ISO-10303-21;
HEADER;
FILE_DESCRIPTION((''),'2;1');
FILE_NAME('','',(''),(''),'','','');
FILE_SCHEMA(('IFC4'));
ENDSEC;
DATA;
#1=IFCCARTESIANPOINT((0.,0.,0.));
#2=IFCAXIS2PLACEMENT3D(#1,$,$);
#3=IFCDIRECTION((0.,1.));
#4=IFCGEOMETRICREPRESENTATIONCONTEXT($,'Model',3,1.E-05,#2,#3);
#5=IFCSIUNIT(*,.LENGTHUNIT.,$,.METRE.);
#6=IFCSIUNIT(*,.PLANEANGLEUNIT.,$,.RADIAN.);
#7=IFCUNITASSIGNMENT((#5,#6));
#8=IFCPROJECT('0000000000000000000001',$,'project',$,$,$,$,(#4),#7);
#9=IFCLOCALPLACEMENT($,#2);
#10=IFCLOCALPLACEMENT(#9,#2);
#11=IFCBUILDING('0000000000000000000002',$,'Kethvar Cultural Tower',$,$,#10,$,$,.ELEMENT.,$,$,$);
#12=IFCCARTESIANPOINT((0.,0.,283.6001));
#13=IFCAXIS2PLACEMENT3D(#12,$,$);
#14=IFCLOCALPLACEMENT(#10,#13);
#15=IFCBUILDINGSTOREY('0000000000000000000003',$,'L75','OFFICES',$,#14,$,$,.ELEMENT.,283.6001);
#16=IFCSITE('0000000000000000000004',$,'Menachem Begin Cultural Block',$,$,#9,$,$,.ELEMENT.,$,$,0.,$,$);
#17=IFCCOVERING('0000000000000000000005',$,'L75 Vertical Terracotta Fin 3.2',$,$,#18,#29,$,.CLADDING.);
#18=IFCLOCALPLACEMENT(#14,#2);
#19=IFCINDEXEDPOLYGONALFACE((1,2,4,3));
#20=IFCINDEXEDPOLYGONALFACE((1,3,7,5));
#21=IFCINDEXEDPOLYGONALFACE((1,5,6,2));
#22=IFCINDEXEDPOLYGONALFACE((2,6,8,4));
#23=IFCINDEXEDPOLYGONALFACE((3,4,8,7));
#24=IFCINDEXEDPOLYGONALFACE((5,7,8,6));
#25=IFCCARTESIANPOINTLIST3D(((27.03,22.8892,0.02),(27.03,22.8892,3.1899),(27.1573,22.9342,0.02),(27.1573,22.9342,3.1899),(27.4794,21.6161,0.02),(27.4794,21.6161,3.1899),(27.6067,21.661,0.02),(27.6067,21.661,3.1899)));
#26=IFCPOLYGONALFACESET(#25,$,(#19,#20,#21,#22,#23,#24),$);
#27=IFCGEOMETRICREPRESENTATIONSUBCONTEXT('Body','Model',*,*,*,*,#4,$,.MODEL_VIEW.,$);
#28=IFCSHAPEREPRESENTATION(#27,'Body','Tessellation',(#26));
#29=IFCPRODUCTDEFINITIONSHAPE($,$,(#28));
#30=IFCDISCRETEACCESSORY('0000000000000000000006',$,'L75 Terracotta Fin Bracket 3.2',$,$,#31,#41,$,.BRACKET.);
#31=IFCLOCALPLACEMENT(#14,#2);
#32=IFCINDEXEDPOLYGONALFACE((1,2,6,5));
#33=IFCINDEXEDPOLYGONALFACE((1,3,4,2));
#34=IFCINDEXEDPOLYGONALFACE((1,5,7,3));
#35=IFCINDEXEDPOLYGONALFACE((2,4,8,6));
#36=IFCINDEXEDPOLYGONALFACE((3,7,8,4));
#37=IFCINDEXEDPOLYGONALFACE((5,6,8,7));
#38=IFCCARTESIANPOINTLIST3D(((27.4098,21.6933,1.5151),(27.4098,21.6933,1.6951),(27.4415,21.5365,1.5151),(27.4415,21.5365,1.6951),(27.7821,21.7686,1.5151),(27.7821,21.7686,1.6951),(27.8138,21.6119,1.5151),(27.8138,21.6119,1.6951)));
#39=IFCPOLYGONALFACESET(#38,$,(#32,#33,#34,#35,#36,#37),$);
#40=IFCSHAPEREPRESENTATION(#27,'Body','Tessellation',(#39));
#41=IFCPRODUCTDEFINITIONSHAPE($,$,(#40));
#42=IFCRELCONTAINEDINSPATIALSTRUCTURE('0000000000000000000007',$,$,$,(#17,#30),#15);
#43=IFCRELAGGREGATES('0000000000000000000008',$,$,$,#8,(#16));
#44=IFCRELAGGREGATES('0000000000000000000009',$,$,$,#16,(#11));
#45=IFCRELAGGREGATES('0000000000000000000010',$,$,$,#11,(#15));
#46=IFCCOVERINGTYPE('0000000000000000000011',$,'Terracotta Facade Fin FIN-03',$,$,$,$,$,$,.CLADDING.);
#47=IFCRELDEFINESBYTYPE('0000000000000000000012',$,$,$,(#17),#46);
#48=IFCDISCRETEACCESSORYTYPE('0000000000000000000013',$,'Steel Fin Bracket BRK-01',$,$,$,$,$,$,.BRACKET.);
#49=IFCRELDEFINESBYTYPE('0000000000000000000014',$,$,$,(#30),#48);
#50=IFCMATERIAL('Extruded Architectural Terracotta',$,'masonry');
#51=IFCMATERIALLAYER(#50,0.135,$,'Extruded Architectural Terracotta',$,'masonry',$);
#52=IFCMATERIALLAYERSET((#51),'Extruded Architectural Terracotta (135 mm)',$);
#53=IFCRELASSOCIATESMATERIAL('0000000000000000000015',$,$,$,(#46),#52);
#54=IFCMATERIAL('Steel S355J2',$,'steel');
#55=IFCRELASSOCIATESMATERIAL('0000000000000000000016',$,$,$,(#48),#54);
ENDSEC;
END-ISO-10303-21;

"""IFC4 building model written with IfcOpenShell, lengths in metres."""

from ifc_helpers import new_model, si_unit, direction, frame, origin, origin_2d, place, context, subcontext, project, spatial, rectangle, extrude, source, transform, mapped, material, layer, layer_set, type_object, element, save


model = new_model("IFC4")

# Units and contexts
model_context = context("Model", 3, precision=1e-05, world=origin(), true_north=direction((0.0, 1.0)))
body_context = subcontext(model_context, "Body", "Model", "MODEL_VIEW")
ifc_project = project(units=[si_unit("LENGTHUNIT", "METRE"), si_unit("PLANEANGLEUNIT", "RADIAN")], contexts=[model_context])

# Site, building, storey
site_placement = place(None, origin())
site = spatial("IfcSite", under=ifc_project, at=site_placement, Name="Menachem Begin Cultural Block", CompositionType="ELEMENT", RefElevation=0.0)
building_placement = place(site_placement, origin())
building = spatial("IfcBuilding", under=site, at=building_placement, Name="Kethvar Cultural Tower", CompositionType="ELEMENT")
storey_placement = place(building_placement, frame((0.0, 0.0, 283.6001)))
storey = spatial("IfcBuildingStorey", under=building, at=storey_placement, Name="L75", Description="OFFICES", CompositionType="ELEMENT", Elevation=283.6001)

# Covering
ifc_material_1 = material(Name="Extruded Architectural Terracotta", Category="masonry")
ifc_layer_1 = layer(ifc_material_1, 0.135, Name="Extruded Architectural Terracotta", Category="masonry")
ifc_layer_set_1 = layer_set([ifc_layer_1], Name="Extruded Architectural Terracotta (135 mm)")
covering_type_1 = type_object("IfcCoveringType", Name="Terracotta Facade Fin FIN-03", PredefinedType="CLADDING", material=ifc_layer_set_1)
shared_shape_1 = source(origin(), body_context, "Body", "SweptSolid", [
    extrude(rectangle(XDim=1.3501, YDim=0.135, at=origin_2d()), origin(), (0.0, 0.0, 1.0), 3.1699),
])
covering_1_placement = place(storey_placement, frame((27.3184, 22.2751, 0.02), z_axis=(0.0, 0.0, 1.0), x_axis=(-0.33282, 0.942991, 0.0)))
element("IfcCovering", 1, at=covering_1_placement, inside=storey, type_object=covering_type_1, Name="L75 Vertical Terracotta Fin 3.2", PredefinedType="CLADDING", context=body_context, shape_type="MappedRepresentation", body=[
    mapped(shared_shape_1, transform((0.0, 0.0, 0.0), scale=1.0)),
])

# Discrete accessory
ifc_material_2 = material(Name="Steel S355J2", Category="steel")
discrete_accessory_type = type_object("IfcDiscreteAccessoryType", Name="Steel Fin Bracket BRK-01", PredefinedType="BRACKET", material=ifc_material_2)
shared_shape_2 = source(origin(), body_context, "Body", "SweptSolid", [
    extrude(rectangle(XDim=0.3799, YDim=0.1599, at=origin_2d()), origin(), (0.0, 0.0, 1.0), 0.1799),
])
discrete_accessory_placement = place(storey_placement, frame((27.6118, 21.6526, 1.5151), z_axis=(0.0, 0.0, 1.0), x_axis=(-0.980133, -0.198342, 0.0)))
element("IfcDiscreteAccessory", 2, at=discrete_accessory_placement, inside=storey, type_object=discrete_accessory_type, Name="L75 Terracotta Fin Bracket 3.2", PredefinedType="BRACKET", context=body_context, shape_type="MappedRepresentation", body=[
    mapped(shared_shape_2, transform((0.0, 0.0, 0.0), scale=1.0)),
])

save(model, "model.ifc")
